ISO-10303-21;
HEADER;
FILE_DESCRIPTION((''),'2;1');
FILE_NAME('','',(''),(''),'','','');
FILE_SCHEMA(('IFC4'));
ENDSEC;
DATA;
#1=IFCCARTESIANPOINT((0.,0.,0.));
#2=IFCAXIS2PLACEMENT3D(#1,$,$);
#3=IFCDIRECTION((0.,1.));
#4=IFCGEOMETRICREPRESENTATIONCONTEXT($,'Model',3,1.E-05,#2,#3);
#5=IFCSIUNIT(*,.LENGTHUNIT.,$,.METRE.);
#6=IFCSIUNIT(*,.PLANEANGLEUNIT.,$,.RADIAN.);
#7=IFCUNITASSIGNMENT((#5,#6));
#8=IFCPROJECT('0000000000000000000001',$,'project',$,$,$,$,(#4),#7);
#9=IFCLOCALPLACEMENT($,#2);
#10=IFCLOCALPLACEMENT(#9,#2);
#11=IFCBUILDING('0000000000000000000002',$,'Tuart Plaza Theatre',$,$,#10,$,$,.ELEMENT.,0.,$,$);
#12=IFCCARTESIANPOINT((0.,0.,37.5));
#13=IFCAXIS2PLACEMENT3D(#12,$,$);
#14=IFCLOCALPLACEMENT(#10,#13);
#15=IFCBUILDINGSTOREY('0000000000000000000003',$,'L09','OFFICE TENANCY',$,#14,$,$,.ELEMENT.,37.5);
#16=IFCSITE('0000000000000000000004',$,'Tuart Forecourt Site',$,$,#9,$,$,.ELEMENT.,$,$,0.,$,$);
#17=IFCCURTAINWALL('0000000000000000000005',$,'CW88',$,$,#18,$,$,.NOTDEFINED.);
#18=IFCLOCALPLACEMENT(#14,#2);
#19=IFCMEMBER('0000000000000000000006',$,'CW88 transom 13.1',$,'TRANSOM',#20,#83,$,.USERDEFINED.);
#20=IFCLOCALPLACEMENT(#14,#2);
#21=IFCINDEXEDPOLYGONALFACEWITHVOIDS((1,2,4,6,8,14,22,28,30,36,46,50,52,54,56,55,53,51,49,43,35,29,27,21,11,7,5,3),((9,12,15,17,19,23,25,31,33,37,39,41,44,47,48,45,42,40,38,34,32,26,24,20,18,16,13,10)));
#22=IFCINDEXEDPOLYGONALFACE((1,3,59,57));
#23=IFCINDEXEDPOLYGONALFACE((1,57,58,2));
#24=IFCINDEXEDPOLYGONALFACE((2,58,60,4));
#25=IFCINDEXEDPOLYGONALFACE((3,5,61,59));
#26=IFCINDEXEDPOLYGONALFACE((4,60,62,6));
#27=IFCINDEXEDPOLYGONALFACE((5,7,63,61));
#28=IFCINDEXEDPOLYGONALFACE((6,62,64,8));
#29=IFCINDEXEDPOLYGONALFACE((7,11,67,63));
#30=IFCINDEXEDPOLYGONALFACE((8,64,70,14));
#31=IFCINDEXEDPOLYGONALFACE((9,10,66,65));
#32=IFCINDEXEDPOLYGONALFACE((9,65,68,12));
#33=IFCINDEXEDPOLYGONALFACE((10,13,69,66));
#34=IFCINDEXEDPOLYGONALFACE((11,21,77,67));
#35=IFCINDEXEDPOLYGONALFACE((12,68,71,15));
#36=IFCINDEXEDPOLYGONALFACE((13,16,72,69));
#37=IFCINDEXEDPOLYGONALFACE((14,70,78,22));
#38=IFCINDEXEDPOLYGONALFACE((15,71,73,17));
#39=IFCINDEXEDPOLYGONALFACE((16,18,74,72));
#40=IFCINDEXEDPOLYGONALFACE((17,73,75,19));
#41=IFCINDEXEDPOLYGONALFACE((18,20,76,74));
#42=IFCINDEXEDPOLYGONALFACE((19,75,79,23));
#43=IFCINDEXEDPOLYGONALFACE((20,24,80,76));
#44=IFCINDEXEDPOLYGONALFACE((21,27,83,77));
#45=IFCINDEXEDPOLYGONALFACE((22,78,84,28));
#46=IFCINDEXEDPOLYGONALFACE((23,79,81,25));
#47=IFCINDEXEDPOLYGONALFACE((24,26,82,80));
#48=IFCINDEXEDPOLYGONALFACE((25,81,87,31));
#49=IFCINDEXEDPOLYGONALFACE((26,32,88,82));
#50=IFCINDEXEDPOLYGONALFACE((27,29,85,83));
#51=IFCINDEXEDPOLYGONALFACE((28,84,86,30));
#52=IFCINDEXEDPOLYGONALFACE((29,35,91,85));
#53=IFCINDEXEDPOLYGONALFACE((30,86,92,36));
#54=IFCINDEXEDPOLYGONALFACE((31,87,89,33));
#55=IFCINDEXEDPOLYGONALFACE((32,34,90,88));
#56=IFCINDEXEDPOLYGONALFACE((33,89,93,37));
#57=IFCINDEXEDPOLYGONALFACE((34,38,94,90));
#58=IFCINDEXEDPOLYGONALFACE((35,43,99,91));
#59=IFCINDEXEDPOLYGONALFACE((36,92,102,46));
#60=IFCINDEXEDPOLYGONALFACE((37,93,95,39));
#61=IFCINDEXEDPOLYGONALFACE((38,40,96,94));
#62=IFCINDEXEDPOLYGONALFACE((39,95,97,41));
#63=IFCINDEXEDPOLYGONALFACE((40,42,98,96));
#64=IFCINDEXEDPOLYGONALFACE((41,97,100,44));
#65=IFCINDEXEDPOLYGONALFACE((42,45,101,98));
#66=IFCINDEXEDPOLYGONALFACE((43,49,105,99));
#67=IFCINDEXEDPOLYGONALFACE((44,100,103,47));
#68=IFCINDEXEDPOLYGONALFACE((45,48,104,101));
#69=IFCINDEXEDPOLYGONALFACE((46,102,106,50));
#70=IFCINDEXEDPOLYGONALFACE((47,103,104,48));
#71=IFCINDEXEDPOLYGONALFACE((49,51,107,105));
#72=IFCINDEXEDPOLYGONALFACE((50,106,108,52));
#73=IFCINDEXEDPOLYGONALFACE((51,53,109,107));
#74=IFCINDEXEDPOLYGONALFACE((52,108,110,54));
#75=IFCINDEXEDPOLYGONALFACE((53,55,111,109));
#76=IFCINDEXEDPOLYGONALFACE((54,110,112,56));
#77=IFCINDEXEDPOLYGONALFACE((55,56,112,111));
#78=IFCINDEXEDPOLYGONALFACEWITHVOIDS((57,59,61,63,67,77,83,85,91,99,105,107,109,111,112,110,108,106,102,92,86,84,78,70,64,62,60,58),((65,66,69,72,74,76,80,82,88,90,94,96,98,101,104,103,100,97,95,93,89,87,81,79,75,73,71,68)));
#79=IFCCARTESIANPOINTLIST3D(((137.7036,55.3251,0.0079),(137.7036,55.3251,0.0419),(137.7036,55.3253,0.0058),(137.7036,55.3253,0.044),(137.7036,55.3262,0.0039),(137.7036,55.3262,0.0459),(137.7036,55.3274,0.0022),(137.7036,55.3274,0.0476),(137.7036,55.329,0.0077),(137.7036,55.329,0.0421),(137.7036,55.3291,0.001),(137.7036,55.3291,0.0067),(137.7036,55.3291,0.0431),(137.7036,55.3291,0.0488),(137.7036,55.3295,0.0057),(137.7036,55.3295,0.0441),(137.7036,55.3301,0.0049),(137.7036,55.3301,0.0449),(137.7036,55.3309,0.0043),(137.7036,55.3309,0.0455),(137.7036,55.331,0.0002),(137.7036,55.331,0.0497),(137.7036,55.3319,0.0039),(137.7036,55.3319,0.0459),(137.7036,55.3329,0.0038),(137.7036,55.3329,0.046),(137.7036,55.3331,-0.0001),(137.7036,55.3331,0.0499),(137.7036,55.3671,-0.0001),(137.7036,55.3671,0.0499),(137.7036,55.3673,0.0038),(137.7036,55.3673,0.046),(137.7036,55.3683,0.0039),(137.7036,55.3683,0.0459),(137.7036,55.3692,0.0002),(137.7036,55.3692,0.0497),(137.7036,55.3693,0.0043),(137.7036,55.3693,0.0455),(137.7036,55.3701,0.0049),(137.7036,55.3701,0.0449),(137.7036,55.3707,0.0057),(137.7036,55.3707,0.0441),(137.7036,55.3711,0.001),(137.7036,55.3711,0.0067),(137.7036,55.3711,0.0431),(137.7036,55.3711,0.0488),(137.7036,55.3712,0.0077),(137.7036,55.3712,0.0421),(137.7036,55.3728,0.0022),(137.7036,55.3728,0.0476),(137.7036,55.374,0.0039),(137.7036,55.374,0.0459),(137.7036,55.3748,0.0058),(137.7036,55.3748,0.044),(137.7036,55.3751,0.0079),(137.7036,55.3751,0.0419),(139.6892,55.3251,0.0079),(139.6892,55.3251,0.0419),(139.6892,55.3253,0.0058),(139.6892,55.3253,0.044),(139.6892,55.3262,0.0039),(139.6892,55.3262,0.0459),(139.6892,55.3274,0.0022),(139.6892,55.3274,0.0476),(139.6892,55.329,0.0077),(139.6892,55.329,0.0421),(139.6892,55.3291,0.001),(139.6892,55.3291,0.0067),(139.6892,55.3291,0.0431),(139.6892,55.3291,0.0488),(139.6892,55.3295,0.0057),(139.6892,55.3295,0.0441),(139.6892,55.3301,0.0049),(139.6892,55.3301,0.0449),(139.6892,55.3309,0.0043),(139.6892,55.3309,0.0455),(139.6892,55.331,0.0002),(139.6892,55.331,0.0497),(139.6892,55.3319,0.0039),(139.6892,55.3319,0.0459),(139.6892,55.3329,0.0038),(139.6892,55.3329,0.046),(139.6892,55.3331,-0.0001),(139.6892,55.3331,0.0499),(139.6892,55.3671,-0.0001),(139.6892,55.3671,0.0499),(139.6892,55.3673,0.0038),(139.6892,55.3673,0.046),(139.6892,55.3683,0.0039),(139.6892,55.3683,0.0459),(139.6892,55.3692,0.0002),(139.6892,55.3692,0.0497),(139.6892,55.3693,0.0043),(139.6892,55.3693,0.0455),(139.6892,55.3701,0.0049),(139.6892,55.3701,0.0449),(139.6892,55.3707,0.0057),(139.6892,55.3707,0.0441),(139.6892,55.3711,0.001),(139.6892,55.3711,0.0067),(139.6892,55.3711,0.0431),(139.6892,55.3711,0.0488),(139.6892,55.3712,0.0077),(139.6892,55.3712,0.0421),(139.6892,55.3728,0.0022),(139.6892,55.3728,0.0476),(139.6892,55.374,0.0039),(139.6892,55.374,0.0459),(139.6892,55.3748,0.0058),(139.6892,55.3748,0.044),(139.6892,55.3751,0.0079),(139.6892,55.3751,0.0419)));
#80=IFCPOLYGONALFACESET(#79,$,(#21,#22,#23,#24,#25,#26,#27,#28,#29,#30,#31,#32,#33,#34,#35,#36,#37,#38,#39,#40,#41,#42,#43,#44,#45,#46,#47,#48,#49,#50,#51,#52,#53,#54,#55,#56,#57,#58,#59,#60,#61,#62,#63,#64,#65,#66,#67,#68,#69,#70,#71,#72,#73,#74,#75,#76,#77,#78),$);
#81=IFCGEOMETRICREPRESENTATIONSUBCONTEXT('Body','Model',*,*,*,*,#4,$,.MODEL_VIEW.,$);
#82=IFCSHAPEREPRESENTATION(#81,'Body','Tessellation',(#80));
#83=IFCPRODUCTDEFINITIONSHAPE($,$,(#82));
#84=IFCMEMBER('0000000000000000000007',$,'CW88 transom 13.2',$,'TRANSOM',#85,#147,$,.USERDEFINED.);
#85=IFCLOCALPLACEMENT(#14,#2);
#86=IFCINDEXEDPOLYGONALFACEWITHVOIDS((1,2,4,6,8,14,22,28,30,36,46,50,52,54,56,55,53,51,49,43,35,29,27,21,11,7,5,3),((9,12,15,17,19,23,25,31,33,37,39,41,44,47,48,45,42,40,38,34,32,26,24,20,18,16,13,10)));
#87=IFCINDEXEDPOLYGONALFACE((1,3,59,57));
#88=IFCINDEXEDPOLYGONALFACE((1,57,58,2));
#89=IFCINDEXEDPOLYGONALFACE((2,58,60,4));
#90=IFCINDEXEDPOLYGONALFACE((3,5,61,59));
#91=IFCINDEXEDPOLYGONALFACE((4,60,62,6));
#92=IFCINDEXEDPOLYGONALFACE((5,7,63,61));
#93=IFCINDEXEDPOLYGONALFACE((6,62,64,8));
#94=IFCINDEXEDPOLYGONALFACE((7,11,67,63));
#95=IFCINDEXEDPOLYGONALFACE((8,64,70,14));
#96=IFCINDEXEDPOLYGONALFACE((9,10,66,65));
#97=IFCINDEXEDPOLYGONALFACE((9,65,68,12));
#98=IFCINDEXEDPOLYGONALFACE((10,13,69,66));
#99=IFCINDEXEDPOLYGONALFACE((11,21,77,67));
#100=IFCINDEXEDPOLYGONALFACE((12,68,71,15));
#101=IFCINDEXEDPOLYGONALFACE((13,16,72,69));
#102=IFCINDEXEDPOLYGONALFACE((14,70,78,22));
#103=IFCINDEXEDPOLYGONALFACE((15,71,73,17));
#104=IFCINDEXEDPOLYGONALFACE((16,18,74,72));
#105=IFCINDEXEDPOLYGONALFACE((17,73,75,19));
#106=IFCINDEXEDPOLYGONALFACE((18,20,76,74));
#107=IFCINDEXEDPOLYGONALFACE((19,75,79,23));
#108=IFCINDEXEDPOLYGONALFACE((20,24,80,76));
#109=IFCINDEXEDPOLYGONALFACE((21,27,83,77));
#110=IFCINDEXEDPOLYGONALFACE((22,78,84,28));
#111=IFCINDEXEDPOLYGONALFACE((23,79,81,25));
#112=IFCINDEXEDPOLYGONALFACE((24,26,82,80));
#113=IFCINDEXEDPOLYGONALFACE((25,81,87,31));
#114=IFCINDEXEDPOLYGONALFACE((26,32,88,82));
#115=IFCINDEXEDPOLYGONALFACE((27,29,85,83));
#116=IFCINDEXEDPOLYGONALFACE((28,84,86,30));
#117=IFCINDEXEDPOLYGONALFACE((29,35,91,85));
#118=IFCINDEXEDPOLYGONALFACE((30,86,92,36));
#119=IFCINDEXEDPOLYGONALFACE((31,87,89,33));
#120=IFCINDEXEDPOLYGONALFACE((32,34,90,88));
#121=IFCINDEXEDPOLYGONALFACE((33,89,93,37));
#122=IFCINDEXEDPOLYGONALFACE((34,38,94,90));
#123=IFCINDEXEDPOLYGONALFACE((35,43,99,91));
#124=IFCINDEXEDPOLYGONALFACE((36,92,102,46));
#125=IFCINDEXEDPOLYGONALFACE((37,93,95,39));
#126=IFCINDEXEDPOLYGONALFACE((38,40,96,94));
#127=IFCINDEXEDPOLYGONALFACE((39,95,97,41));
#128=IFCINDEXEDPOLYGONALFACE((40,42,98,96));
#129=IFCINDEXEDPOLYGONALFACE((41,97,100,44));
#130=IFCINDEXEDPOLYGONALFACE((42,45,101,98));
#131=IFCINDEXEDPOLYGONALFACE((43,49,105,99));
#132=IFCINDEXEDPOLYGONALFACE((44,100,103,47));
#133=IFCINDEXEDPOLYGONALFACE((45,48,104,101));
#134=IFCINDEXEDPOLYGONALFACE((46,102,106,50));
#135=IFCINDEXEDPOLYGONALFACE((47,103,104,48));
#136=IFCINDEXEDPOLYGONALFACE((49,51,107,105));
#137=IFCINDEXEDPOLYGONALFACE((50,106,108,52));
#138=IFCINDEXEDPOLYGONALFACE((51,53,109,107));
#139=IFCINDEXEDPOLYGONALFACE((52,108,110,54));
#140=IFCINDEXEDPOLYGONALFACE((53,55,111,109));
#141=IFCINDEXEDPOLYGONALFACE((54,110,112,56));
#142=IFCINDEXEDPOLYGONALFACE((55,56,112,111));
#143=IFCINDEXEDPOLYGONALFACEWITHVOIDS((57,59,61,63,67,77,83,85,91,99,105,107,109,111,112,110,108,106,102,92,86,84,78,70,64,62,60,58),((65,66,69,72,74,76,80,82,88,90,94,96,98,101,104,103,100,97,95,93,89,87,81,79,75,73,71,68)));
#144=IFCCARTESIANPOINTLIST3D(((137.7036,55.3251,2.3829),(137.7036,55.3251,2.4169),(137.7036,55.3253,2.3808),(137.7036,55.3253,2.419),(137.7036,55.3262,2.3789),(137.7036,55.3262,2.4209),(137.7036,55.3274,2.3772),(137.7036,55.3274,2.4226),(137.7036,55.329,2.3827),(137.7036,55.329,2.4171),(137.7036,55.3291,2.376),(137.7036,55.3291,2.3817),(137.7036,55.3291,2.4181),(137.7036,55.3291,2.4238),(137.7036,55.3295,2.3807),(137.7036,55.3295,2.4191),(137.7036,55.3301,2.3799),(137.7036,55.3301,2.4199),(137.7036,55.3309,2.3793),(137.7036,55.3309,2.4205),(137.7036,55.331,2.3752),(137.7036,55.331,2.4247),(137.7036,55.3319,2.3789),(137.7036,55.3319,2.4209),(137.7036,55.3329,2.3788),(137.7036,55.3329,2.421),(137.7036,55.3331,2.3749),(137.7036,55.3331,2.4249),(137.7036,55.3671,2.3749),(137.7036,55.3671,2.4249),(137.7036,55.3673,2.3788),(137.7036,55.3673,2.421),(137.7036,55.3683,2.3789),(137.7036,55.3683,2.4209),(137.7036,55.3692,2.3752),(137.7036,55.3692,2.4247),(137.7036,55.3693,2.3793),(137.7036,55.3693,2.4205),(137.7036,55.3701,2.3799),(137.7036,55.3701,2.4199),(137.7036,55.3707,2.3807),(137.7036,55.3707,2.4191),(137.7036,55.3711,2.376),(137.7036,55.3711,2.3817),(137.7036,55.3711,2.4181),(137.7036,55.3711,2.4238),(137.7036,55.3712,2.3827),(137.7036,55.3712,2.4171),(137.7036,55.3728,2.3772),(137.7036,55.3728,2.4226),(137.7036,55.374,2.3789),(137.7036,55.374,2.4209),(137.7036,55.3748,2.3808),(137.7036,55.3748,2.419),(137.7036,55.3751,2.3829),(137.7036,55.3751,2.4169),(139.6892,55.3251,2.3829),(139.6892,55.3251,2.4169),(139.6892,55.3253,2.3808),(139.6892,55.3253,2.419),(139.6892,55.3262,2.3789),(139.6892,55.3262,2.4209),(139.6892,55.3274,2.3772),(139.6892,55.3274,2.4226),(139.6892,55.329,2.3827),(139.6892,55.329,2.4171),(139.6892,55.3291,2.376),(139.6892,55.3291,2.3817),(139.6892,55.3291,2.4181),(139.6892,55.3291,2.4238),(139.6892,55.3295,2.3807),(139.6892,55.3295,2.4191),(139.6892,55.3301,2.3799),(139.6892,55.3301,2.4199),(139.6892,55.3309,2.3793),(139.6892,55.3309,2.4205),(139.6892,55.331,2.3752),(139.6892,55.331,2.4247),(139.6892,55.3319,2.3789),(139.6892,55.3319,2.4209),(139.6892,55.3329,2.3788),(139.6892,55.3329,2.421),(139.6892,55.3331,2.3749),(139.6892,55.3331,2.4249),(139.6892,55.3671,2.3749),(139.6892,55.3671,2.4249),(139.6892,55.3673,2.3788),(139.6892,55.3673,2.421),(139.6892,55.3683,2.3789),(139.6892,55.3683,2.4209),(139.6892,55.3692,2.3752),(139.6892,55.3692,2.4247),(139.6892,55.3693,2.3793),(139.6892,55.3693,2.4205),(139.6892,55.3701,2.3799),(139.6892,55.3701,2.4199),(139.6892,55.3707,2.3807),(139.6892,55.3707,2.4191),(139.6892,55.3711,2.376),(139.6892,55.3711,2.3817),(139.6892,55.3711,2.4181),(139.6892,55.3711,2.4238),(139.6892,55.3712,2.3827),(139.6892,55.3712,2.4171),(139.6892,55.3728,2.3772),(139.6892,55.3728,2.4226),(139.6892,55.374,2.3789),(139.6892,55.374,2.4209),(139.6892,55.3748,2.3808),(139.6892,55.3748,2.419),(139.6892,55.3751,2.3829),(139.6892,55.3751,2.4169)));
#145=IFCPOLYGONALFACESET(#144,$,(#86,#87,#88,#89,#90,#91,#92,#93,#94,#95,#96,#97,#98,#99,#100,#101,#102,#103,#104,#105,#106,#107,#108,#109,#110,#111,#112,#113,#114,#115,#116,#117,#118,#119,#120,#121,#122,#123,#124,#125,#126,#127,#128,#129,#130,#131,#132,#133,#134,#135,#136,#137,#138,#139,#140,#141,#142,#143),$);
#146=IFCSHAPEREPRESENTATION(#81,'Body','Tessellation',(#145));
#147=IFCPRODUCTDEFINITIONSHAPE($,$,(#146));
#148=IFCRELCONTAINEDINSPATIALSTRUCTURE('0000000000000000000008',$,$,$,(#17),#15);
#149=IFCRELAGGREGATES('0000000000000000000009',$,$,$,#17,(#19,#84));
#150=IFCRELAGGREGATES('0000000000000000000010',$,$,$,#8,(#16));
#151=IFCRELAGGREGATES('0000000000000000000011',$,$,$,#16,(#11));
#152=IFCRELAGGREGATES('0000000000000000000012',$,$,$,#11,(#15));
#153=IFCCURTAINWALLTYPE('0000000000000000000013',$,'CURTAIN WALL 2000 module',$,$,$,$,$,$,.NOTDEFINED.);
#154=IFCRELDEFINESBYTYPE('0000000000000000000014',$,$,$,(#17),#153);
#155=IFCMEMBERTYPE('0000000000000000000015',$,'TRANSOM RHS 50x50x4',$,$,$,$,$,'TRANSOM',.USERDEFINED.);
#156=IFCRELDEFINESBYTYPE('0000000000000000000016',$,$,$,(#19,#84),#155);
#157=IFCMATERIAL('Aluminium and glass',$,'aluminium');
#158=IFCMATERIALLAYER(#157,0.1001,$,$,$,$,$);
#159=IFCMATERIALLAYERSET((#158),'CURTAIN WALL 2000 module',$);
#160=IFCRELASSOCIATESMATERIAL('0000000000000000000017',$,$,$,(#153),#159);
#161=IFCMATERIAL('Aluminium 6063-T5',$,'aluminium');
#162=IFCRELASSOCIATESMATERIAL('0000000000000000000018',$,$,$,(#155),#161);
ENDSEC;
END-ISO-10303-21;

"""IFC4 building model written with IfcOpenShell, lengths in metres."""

from ifc_helpers import new_model, si_unit, direction, frame, origin, origin_2d, place, context, subcontext, project, spatial, hollow_rectangle, extrude, material, layer, layer_set, material_profile, profile_set, type_object, element, aggregate, save


model = new_model("IFC4")

# Units and contexts
model_context = context("Model", 3, precision=1e-05, world=origin(), true_north=direction((0.0, 1.0)))
body_context = subcontext(model_context, "Body", "Model", "MODEL_VIEW")
ifc_project = project(units=[si_unit("LENGTHUNIT", "METRE"), si_unit("PLANEANGLEUNIT", "RADIAN")], contexts=[model_context])

# Site, building, storey
site_placement = place(None, origin())
site = spatial("IfcSite", under=ifc_project, at=site_placement, Name="Tuart Forecourt Site", CompositionType="ELEMENT", RefElevation=0.0)
building_placement = place(site_placement, origin())
building = spatial("IfcBuilding", under=site, at=building_placement, Name="Tuart Plaza Theatre", CompositionType="ELEMENT", ElevationOfRefHeight=0.0)
storey_placement = place(building_placement, frame((0.0, 0.0, 37.5)))
storey = spatial("IfcBuildingStorey", under=building, at=storey_placement, Name="L09", Description="OFFICE TENANCY", CompositionType="ELEMENT", Elevation=37.5)

# Curtain wall
ifc_material_1 = material(Name="Aluminium and glass", Category="aluminium")
ifc_layer_1 = layer(ifc_material_1, 0.1001)
ifc_layer_set_1 = layer_set([ifc_layer_1], Name="CURTAIN WALL 2000 module")
curtain_wall_type = type_object("IfcCurtainWallType", Name="CURTAIN WALL 2000 module", PredefinedType="NOTDEFINED", material=ifc_layer_set_1)
curtain_wall_1_placement = place(storey_placement, origin())
curtain_wall_1 = element("IfcCurtainWall", 1, at=curtain_wall_1_placement, inside=storey, type_object=curtain_wall_type, Name="CW88", PredefinedType="NOTDEFINED")

# Members
ifc_material_2 = material(Name="Aluminium 6063-T5", Category="aluminium")
ifc_material_profile_1 = material_profile(ifc_material_2, hollow_rectangle(XDim=0.05, YDim=0.05, WallThickness=0.0039, InnerFilletRadius=0.0039, OuterFilletRadius=0.0081, at=origin_2d()), Name="RHS 50x50x4")
ifc_profile_set_1 = profile_set([ifc_material_profile_1], Name="Aluminium 6063-T5")
member_type_1 = type_object("IfcMemberType", Name="TRANSOM RHS 50x50x4", ElementType="TRANSOM", PredefinedType="USERDEFINED", material=ifc_profile_set_1)
member_1_placement = place(storey_placement, frame((137.7036, 55.3501, 0.0249), z_axis=(1.0, 0.0, 0.0), x_axis=(0.0, 1.0, 0.0)))
member_1 = element("IfcMember", 2, at=member_1_placement, type_object=member_type_1, Name="CW88 transom 13.1", ObjectType="TRANSOM", PredefinedType="USERDEFINED", context=body_context, shape_type="SweptSolid", body=[
    extrude(hollow_rectangle(XDim=0.05, YDim=0.05, WallThickness=0.0039, InnerFilletRadius=0.0039, OuterFilletRadius=0.0081, at=origin_2d()), origin(), (0.0, 0.0, 1.0), 1.9856),
])
member_2_placement = place(storey_placement, frame((137.7036, 55.3501, 2.3999), z_axis=(1.0, 0.0, 0.0), x_axis=(0.0, 1.0, 0.0)))
member_2 = element("IfcMember", 3, at=member_2_placement, type_object=member_type_1, Name="CW88 transom 13.2", ObjectType="TRANSOM", PredefinedType="USERDEFINED", context=body_context, shape_type="SweptSolid", body=[
    extrude(hollow_rectangle(XDim=0.05, YDim=0.05, WallThickness=0.0039, InnerFilletRadius=0.0039, OuterFilletRadius=0.0081, at=origin_2d()), origin(), (0.0, 0.0, 1.0), 1.9856),
])

aggregate(curtain_wall_1, [member_1, member_2])

save(model, "model.ifc")
